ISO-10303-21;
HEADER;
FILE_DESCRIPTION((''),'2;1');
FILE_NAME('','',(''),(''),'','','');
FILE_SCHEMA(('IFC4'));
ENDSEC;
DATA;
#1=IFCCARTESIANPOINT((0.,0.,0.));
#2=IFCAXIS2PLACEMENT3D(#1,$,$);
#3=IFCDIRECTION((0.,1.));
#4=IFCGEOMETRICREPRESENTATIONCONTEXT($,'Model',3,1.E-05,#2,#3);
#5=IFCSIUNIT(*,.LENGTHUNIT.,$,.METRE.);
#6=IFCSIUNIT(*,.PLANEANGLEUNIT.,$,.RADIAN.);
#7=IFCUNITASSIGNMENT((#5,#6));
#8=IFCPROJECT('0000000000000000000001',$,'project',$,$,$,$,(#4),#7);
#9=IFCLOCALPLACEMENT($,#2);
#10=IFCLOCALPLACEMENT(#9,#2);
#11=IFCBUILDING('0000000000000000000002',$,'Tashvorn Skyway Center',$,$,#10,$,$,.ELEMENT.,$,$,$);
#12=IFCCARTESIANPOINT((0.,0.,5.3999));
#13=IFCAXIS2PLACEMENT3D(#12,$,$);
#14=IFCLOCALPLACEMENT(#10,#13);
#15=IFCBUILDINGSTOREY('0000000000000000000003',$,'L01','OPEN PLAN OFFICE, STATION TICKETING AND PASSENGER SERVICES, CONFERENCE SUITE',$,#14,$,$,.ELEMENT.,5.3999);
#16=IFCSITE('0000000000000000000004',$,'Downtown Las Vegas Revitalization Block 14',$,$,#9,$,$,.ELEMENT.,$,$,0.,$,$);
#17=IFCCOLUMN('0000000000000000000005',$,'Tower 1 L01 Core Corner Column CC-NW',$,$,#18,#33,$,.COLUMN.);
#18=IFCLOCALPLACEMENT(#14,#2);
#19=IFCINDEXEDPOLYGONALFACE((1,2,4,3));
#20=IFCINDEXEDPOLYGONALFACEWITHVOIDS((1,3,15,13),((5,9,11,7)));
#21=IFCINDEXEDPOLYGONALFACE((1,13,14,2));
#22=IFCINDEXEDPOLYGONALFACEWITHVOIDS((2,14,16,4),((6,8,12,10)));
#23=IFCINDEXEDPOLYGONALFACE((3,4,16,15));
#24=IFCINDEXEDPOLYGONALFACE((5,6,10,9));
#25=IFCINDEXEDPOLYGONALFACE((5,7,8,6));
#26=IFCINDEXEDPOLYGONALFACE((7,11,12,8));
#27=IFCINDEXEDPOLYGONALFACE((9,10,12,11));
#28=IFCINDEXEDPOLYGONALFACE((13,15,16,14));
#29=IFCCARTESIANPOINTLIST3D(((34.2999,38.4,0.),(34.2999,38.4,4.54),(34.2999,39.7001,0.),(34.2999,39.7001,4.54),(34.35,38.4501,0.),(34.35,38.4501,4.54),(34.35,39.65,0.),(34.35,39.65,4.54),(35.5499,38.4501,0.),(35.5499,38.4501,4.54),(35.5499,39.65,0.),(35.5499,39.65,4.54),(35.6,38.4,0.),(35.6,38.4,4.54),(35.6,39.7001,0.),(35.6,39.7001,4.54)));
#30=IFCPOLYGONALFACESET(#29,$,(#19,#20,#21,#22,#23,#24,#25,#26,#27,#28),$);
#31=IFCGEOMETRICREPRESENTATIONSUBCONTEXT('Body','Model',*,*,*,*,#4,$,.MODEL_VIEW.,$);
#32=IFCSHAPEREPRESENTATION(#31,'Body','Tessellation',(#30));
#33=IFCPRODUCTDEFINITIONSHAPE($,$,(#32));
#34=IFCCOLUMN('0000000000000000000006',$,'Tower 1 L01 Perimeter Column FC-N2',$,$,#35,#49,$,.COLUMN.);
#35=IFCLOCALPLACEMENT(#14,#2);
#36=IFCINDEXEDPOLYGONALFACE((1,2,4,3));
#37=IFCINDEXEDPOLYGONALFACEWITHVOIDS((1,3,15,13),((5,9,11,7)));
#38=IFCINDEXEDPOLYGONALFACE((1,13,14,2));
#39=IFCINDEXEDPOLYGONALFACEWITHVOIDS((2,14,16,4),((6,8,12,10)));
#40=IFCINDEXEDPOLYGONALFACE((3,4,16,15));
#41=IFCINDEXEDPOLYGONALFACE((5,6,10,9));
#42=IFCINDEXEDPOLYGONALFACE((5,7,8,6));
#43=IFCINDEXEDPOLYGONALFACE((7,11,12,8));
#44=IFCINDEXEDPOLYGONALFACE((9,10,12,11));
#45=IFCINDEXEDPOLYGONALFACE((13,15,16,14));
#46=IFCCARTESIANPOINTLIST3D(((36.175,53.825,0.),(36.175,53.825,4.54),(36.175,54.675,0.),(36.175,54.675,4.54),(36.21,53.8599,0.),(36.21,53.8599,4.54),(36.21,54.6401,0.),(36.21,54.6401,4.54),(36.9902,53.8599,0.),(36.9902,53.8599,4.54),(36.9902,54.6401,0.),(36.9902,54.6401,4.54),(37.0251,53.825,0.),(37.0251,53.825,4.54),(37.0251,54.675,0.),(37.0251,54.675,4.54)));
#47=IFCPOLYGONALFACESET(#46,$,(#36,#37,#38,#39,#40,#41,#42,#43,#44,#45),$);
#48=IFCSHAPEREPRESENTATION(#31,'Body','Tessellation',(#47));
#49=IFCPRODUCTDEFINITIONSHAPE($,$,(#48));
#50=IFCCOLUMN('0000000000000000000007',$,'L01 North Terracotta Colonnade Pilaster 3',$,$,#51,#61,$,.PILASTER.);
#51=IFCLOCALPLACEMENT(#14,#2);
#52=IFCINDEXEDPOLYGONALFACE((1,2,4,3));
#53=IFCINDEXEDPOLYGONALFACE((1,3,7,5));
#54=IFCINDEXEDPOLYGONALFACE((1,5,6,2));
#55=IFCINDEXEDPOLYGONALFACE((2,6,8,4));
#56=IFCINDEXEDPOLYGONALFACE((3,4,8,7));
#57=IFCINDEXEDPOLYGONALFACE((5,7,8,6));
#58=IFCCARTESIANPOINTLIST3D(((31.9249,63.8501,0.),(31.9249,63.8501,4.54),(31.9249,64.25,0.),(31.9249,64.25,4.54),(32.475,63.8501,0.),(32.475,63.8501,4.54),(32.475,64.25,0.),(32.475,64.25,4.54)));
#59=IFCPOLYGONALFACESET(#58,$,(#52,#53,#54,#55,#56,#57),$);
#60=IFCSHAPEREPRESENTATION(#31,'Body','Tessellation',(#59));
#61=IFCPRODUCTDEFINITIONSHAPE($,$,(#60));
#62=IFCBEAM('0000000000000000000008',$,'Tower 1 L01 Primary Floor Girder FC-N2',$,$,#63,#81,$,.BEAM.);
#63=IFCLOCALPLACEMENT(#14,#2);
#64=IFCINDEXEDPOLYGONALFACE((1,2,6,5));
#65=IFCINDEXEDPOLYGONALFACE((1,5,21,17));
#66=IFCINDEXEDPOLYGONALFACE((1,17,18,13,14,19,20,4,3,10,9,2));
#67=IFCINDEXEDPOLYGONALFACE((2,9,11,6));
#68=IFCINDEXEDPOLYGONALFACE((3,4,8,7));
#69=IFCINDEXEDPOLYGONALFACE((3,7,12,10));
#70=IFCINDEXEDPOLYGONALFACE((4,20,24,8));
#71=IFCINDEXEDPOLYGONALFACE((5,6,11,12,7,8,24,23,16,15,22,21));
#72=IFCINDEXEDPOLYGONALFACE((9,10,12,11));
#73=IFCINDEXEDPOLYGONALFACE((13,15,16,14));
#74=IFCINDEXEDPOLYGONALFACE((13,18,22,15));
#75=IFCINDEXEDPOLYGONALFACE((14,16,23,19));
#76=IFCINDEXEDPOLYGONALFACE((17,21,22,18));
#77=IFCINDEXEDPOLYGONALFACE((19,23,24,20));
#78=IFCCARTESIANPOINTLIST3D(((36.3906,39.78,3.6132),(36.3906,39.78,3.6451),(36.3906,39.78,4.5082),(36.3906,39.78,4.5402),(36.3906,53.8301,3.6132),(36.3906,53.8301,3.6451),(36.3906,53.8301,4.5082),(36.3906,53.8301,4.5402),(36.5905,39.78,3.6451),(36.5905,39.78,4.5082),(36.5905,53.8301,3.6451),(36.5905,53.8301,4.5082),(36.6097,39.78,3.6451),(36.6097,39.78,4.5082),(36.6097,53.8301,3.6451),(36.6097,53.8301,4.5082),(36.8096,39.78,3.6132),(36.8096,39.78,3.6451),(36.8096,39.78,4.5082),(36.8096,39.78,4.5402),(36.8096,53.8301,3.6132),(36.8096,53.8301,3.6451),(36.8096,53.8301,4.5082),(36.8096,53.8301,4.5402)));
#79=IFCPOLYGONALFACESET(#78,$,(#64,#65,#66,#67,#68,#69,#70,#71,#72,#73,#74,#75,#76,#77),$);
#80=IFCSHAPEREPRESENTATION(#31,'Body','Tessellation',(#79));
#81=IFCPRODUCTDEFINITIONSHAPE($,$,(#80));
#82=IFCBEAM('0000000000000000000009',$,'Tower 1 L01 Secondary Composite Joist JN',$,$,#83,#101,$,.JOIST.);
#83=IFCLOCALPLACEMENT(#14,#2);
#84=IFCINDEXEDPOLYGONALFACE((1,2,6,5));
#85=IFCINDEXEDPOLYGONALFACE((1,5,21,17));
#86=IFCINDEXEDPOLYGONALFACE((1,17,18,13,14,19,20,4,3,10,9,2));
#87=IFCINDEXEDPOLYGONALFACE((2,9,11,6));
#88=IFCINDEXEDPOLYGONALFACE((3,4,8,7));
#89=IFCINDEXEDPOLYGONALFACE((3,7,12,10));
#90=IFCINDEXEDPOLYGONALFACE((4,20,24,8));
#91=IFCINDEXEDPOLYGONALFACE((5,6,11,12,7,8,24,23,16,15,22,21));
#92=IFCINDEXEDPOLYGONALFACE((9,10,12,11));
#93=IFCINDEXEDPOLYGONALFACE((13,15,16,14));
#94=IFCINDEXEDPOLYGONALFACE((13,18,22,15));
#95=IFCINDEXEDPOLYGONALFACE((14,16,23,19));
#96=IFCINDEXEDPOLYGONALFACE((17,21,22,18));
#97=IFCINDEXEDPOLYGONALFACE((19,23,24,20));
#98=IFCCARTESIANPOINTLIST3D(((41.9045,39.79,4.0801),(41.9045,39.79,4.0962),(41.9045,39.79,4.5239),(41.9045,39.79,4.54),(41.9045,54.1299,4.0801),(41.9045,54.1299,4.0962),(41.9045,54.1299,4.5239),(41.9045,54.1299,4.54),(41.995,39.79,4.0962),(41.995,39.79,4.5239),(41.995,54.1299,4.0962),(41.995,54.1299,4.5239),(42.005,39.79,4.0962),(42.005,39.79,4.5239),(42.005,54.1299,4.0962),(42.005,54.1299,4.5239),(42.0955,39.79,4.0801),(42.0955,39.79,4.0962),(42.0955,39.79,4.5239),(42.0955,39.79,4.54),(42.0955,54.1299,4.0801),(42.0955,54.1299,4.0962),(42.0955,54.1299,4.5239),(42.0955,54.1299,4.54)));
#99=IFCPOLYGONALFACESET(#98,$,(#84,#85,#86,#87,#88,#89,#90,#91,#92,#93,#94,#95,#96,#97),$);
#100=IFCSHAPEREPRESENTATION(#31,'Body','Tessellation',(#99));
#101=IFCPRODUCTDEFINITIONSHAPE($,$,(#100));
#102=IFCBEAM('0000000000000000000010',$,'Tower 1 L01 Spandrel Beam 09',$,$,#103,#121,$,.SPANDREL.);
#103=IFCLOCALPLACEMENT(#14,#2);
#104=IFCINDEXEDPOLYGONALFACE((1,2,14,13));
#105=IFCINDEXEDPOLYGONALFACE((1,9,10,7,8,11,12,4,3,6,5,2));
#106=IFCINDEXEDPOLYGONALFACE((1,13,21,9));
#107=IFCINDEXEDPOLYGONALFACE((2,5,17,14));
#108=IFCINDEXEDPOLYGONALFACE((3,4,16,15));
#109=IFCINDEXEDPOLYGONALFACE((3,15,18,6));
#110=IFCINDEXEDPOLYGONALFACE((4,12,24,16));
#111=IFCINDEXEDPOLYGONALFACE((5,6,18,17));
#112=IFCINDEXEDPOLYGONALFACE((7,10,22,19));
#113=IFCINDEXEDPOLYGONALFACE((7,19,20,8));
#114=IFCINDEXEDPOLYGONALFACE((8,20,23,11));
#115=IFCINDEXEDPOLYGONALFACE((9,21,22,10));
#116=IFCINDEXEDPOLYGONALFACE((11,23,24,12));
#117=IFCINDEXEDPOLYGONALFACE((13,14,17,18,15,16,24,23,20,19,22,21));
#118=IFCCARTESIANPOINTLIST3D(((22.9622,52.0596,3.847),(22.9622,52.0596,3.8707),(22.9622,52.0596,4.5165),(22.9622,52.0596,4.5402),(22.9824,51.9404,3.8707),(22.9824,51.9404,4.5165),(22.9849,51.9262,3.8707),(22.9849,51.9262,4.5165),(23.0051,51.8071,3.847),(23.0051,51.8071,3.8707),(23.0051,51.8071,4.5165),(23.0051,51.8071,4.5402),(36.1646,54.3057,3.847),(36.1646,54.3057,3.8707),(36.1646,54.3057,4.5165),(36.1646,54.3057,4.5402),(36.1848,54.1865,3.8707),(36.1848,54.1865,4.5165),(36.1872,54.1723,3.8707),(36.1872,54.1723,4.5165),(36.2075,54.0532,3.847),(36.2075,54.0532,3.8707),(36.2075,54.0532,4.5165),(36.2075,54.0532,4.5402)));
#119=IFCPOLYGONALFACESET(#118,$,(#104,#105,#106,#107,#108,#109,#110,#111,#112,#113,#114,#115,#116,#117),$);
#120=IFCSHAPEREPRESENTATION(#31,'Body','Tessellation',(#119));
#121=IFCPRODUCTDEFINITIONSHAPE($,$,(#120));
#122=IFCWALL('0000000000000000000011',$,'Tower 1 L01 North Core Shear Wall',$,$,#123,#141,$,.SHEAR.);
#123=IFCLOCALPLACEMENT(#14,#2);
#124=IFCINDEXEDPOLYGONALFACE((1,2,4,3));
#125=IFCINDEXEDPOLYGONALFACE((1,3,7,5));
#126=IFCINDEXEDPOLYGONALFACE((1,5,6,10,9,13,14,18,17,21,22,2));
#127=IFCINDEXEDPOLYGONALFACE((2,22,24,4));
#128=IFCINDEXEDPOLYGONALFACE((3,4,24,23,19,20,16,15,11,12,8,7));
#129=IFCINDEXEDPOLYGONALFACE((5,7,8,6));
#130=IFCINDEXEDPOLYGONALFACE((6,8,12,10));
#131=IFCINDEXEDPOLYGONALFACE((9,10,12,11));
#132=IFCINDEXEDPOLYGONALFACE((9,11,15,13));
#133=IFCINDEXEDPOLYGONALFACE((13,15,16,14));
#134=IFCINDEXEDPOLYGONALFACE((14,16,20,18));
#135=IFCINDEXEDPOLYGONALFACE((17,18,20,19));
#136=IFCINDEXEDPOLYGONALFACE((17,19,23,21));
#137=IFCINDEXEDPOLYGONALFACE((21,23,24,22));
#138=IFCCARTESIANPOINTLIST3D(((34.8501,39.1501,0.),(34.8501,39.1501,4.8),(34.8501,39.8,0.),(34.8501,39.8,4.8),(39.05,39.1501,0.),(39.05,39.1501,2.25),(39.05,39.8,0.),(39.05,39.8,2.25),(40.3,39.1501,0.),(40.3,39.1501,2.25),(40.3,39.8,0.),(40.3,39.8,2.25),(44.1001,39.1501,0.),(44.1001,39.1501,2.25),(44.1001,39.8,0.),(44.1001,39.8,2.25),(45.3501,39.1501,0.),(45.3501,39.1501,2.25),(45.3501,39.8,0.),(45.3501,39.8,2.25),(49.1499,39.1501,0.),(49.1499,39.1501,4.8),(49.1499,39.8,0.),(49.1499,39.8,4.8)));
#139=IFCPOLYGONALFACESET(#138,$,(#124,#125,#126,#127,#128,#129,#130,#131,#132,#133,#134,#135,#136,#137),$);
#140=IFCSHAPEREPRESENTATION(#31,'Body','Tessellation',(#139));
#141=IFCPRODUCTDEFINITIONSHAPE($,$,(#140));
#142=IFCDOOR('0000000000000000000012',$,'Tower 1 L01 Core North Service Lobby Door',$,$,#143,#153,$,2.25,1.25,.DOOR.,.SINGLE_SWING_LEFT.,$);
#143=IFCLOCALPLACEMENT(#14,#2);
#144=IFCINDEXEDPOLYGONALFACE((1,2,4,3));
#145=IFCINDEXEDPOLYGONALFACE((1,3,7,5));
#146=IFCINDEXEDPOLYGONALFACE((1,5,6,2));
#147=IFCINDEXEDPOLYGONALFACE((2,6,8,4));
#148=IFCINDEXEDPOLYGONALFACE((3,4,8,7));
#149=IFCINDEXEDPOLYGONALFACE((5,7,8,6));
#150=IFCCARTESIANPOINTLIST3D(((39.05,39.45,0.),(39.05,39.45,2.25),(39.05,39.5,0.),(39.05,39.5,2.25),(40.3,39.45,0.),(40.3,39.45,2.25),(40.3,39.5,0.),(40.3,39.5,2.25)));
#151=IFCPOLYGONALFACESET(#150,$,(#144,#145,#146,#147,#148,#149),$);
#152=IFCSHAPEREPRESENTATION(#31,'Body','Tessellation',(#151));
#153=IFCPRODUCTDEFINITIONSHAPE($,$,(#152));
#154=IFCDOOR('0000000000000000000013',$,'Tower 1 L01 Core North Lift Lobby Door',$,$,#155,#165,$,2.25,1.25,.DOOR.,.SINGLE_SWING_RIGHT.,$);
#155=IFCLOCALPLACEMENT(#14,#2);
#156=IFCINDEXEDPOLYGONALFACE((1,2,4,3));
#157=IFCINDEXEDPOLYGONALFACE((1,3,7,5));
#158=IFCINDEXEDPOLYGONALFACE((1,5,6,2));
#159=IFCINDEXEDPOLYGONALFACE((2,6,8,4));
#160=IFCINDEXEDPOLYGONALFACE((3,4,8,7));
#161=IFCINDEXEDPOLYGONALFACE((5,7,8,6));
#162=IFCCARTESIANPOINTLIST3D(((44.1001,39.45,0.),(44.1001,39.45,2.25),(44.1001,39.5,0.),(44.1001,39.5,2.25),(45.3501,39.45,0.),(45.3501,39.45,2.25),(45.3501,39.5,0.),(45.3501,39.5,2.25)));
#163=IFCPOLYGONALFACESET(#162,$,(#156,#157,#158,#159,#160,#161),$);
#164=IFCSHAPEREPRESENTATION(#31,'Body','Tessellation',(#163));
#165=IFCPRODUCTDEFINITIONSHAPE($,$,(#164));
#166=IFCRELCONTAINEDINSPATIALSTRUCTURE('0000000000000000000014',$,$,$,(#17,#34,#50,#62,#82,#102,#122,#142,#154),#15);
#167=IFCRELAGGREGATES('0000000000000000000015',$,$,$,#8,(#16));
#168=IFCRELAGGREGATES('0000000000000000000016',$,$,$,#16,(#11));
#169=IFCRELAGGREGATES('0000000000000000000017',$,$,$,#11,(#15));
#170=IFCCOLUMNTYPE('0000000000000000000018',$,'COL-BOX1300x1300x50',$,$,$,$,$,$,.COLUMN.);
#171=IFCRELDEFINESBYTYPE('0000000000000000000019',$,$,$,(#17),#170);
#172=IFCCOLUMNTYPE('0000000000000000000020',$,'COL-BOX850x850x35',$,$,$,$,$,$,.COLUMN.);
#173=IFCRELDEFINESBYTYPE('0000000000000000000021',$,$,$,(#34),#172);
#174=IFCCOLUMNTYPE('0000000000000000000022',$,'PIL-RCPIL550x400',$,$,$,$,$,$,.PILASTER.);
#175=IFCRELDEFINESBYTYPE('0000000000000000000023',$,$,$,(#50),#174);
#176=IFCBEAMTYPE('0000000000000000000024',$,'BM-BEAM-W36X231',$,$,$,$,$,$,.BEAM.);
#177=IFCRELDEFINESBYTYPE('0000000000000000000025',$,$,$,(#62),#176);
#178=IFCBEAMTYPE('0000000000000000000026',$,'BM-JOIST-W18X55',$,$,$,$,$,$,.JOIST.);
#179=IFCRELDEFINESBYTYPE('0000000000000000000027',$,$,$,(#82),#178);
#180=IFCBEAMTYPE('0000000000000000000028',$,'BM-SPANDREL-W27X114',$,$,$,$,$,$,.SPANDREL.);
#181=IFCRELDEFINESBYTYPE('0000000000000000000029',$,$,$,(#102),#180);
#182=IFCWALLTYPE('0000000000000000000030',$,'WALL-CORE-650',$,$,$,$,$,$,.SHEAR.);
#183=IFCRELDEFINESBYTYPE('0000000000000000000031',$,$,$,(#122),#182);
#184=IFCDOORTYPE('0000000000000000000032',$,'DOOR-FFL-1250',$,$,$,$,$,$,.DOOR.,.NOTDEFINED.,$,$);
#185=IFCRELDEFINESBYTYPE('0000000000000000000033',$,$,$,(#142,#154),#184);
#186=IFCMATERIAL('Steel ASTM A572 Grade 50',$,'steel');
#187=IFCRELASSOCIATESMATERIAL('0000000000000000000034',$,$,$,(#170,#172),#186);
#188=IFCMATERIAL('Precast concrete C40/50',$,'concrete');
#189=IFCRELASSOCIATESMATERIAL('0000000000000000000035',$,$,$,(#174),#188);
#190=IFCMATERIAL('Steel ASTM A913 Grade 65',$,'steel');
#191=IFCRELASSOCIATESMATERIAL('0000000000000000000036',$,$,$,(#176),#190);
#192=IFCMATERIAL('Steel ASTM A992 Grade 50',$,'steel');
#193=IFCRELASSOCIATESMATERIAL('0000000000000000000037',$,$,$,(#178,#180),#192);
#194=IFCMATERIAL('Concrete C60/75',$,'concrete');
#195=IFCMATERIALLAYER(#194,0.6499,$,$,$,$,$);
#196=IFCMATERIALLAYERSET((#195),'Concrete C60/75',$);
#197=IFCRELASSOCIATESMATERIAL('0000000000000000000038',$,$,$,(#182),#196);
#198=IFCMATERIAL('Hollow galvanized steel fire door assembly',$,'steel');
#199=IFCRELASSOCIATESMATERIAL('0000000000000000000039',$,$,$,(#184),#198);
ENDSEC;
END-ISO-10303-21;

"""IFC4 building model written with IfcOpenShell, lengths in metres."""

from ifc_helpers import new_model, si_unit, direction, frame, frame_2d, origin, origin_2d, place, context, subcontext, project, spatial, rectangle, hollow_rectangle, i_section, extrude, material, layer, layer_set, material_profile, profile_set, type_object, element, fill, save


model = new_model("IFC4")

# Units and contexts
model_context = context("Model", 3, precision=1e-05, world=origin(), true_north=direction((0.0, 1.0)))
body_context = subcontext(model_context, "Body", "Model", "MODEL_VIEW")
ifc_project = project(units=[si_unit("LENGTHUNIT", "METRE"), si_unit("PLANEANGLEUNIT", "RADIAN")], contexts=[model_context])

# Site, building, storey
site_placement = place(None, origin())
site = spatial("IfcSite", under=ifc_project, at=site_placement, Name="Downtown Las Vegas Revitalization Block 14", CompositionType="ELEMENT", RefElevation=0.0)
building_placement = place(site_placement, origin())
building = spatial("IfcBuilding", under=site, at=building_placement, Name="Tashvorn Skyway Center", CompositionType="ELEMENT")
storey_placement = place(building_placement, frame((0.0, 0.0, 5.3999)))
storey = spatial("IfcBuildingStorey", under=building, at=storey_placement, Name="L01", Description="OPEN PLAN OFFICE, STATION TICKETING AND PASSENGER SERVICES, CONFERENCE SUITE", CompositionType="ELEMENT", Elevation=5.3999)

# Columns
ifc_material_1 = material(Name="Steel ASTM A572 Grade 50", Category="steel")
ifc_material_profile_1 = material_profile(ifc_material_1, hollow_rectangle(XDim=1.3, YDim=1.3, WallThickness=0.05, at=origin_2d()), Name="BOX1300x1300x50")
ifc_profile_set_1 = profile_set([ifc_material_profile_1], Name="Steel ASTM A572 Grade 50")
column_type_1 = type_object("IfcColumnType", Name="COL-BOX1300x1300x50", PredefinedType="COLUMN", material=ifc_profile_set_1)
column_1_placement = place(storey_placement, frame((34.95, 39.05, 0.0), z_axis=(0.0, 0.0, 1.0), x_axis=(1.0, 0.0, 0.0)))
element("IfcColumn", 1, at=column_1_placement, inside=storey, type_object=column_type_1, Name="Tower 1 L01 Core Corner Column CC-NW", PredefinedType="COLUMN", context=body_context, shape_type="SweptSolid", body=[
    extrude(hollow_rectangle(XDim=1.3, YDim=1.3, WallThickness=0.05, at=origin_2d()), origin(), (0.0, 0.0, 1.0), 4.54),
])
ifc_material_profile_2 = material_profile(ifc_material_1, hollow_rectangle(XDim=0.8501, YDim=0.8501, WallThickness=0.0349, at=origin_2d()), Name="BOX850x850x35")
ifc_profile_set_2 = profile_set([ifc_material_profile_2], Name="Steel ASTM A572 Grade 50")
column_type_2 = type_object("IfcColumnType", Name="COL-BOX850x850x35", PredefinedType="COLUMN", material=ifc_profile_set_2)
column_2_placement = place(storey_placement, frame((36.6001, 54.25, 0.0), z_axis=(0.0, 0.0, 1.0), x_axis=(1.0, 0.0, 0.0)))
element("IfcColumn", 2, at=column_2_placement, inside=storey, type_object=column_type_2, Name="Tower 1 L01 Perimeter Column FC-N2", PredefinedType="COLUMN", context=body_context, shape_type="SweptSolid", body=[
    extrude(hollow_rectangle(XDim=0.8501, YDim=0.8501, WallThickness=0.0349, at=origin_2d()), origin(), (0.0, 0.0, 1.0), 4.54),
])
ifc_material_2 = material(Name="Precast concrete C40/50", Category="concrete")
ifc_material_profile_3 = material_profile(ifc_material_2, rectangle(XDim=0.55, YDim=0.3999, at=origin_2d()), Name="RCPIL550x400")
ifc_profile_set_3 = profile_set([ifc_material_profile_3], Name="Precast concrete C40/50")
column_type_3 = type_object("IfcColumnType", Name="PIL-RCPIL550x400", PredefinedType="PILASTER", material=ifc_profile_set_3)
column_3_placement = place(storey_placement, frame((32.2, 64.05, 0.0), z_axis=(0.0, 0.0, 1.0), x_axis=(1.0, 0.0, 0.0)))
element("IfcColumn", 3, at=column_3_placement, inside=storey, type_object=column_type_3, Name="L01 North Terracotta Colonnade Pilaster 3", PredefinedType="PILASTER", context=body_context, shape_type="SweptSolid", body=[
    extrude(rectangle(XDim=0.55, YDim=0.3999, at=origin_2d()), origin(), (0.0, 0.0, 1.0), 4.54),
])

# Beams
ifc_material_3 = material(Name="Steel ASTM A913 Grade 65", Category="steel")
ifc_material_profile_4 = material_profile(ifc_material_3, i_section(OverallWidth=0.4189, OverallDepth=0.927, WebThickness=0.0193, FlangeThickness=0.032, at=origin_2d()), Name="W36X231")
ifc_profile_set_4 = profile_set([ifc_material_profile_4], Name="Steel ASTM A913 Grade 65")
beam_type_1 = type_object("IfcBeamType", Name="BM-BEAM-W36X231", PredefinedType="BEAM", material=ifc_profile_set_4)
beam_1_placement = place(storey_placement, frame((36.6001, 53.8301, 4.0767), z_axis=(0.0, -1.0, 0.0), x_axis=(1.0, 0.0, 0.0)))
element("IfcBeam", 4, at=beam_1_placement, inside=storey, type_object=beam_type_1, Name="Tower 1 L01 Primary Floor Girder FC-N2", PredefinedType="BEAM", context=body_context, shape_type="SweptSolid", body=[
    extrude(i_section(OverallWidth=0.4189, OverallDepth=0.927, WebThickness=0.0193, FlangeThickness=0.032, at=origin_2d()), origin(), (0.0, 0.0, 1.0), 14.05),
])
ifc_material_4 = material(Name="Steel ASTM A992 Grade 50", Category="steel")
ifc_material_profile_5 = material_profile(ifc_material_4, i_section(OverallWidth=0.1909, OverallDepth=0.46, WebThickness=0.01, FlangeThickness=0.0161, at=origin_2d()), Name="W18X55")
ifc_profile_set_5 = profile_set([ifc_material_profile_5], Name="Steel ASTM A992 Grade 50")
beam_type_2 = type_object("IfcBeamType", Name="BM-JOIST-W18X55", PredefinedType="JOIST", material=ifc_profile_set_5)
beam_2_placement = place(storey_placement, frame((42.0, 39.79, 4.3101), z_axis=(0.0, 1.0, 0.0), x_axis=(-1.0, 0.0, 0.0)))
element("IfcBeam", 5, at=beam_2_placement, inside=storey, type_object=beam_type_2, Name="Tower 1 L01 Secondary Composite Joist JN", PredefinedType="JOIST", context=body_context, shape_type="SweptSolid", body=[
    extrude(i_section(OverallWidth=0.1909, OverallDepth=0.46, WebThickness=0.01, FlangeThickness=0.0161, at=origin_2d()), origin(), (0.0, 0.0, 1.0), 14.3398),
])
ifc_material_profile_6 = material_profile(ifc_material_4, i_section(OverallWidth=0.2561, OverallDepth=0.6931, WebThickness=0.0144, FlangeThickness=0.0237, at=origin_2d()), Name="W27X114")
ifc_profile_set_6 = profile_set([ifc_material_profile_6], Name="Steel ASTM A992 Grade 50")
beam_type_3 = type_object("IfcBeamType", Name="BM-SPANDREL-W27X114", PredefinedType="SPANDREL", material=ifc_profile_set_6)
beam_3_placement = place(storey_placement, frame((36.186, 54.1794, 4.1936), z_axis=(-0.985835, -0.167718, 0.0), x_axis=(0.167718, -0.985835, 0.0)))
element("IfcBeam", 6, at=beam_3_placement, inside=storey, type_object=beam_type_3, Name="Tower 1 L01 Spandrel Beam 09", PredefinedType="SPANDREL", context=body_context, shape_type="SweptSolid", body=[
    extrude(i_section(OverallWidth=0.2561, OverallDepth=0.6931, WebThickness=0.0144, FlangeThickness=0.0237, at=origin_2d()), origin(), (0.0, 0.0, 1.0), 13.3921),
])

# Wall, openings, doors
ifc_material_5 = material(Name="Concrete C60/75", Category="concrete")
ifc_layer_1 = layer(ifc_material_5, 0.6499)
ifc_layer_set_1 = layer_set([ifc_layer_1], Name="Concrete C60/75")
wall_type_1 = type_object("IfcWallType", Name="WALL-CORE-650", PredefinedType="SHEAR", material=ifc_layer_set_1)
wall_1_placement = place(storey_placement, frame((34.8501, 39.4751, 0.0), z_axis=(0.0, 0.0, 1.0), x_axis=(1.0, 0.0, 0.0)))
wall_1 = element("IfcWall", 7, at=wall_1_placement, inside=storey, type_object=wall_type_1, Name="Tower 1 L01 North Core Shear Wall", PredefinedType="SHEAR", context=body_context, shape_type="SweptSolid", body=[
    extrude(rectangle(XDim=14.2998, YDim=0.6499, at=frame_2d((7.1499, 0.0))), origin(), (0.0, 0.0, 1.0), 4.8),
])
opening_1_placement = place(wall_1_placement, frame((4.2, 0.0, 0.0)))
opening_1 = element("IfcOpeningElement", 8, at=opening_1_placement, cuts=wall_1, PredefinedType="OPENING", context=body_context, shape_type="SweptSolid", body=[
    extrude(rectangle(XDim=1.25, YDim=2.25, at=frame_2d((0.625, 1.125))), frame((0.0, 0.335, 0.0), z_axis=(0.0, -1.0, 0.0), x_axis=(1.0, 0.0, 0.0)), (0.0, 0.0, 1.0), 0.6699),
])
opening_2_placement = place(wall_1_placement, frame((9.25, 0.0, 0.0)))
opening_2 = element("IfcOpeningElement", 9, at=opening_2_placement, cuts=wall_1, PredefinedType="OPENING", context=body_context, shape_type="SweptSolid", body=[
    extrude(rectangle(XDim=1.25, YDim=2.25, at=frame_2d((0.625, 1.125))), frame((0.0, 0.335, 0.0), z_axis=(0.0, -1.0, 0.0), x_axis=(1.0, 0.0, 0.0)), (0.0, 0.0, 1.0), 0.6699),
])
ifc_material_6 = material(Name="Hollow galvanized steel fire door assembly", Category="steel")
door_type_1 = type_object("IfcDoorType", Name="DOOR-FFL-1250", OperationType="NOTDEFINED", PredefinedType="DOOR", material=ifc_material_6)
door_1_placement = place(opening_1_placement, origin())
door_1 = element("IfcDoor", 10, at=door_1_placement, inside=storey, type_object=door_type_1, Name="Tower 1 L01 Core North Service Lobby Door", OperationType="SINGLE_SWING_LEFT", OverallHeight=2.25, OverallWidth=1.25, PredefinedType="DOOR", context=body_context, shape_type="SweptSolid", body=[
    extrude(rectangle(XDim=1.25, YDim=2.25, at=frame_2d((0.625, 1.125))), frame((0.0, 0.0249, 0.0), z_axis=(0.0, -1.0, 0.0), x_axis=(1.0, 0.0, 0.0)), (0.0, 0.0, 1.0), 0.05),
])
fill(opening_1, door_1)
door_2_placement = place(opening_2_placement, origin())
door_2 = element("IfcDoor", 11, at=door_2_placement, inside=storey, type_object=door_type_1, Name="Tower 1 L01 Core North Lift Lobby Door", OperationType="SINGLE_SWING_RIGHT", OverallHeight=2.25, OverallWidth=1.25, PredefinedType="DOOR", context=body_context, shape_type="SweptSolid", body=[
    extrude(rectangle(XDim=1.25, YDim=2.25, at=frame_2d((0.625, 1.125))), frame((0.0, 0.0249, 0.0), z_axis=(0.0, -1.0, 0.0), x_axis=(1.0, 0.0, 0.0)), (0.0, 0.0, 1.0), 0.05),
])
fill(opening_2, door_2)

save(model, "model.ifc")
